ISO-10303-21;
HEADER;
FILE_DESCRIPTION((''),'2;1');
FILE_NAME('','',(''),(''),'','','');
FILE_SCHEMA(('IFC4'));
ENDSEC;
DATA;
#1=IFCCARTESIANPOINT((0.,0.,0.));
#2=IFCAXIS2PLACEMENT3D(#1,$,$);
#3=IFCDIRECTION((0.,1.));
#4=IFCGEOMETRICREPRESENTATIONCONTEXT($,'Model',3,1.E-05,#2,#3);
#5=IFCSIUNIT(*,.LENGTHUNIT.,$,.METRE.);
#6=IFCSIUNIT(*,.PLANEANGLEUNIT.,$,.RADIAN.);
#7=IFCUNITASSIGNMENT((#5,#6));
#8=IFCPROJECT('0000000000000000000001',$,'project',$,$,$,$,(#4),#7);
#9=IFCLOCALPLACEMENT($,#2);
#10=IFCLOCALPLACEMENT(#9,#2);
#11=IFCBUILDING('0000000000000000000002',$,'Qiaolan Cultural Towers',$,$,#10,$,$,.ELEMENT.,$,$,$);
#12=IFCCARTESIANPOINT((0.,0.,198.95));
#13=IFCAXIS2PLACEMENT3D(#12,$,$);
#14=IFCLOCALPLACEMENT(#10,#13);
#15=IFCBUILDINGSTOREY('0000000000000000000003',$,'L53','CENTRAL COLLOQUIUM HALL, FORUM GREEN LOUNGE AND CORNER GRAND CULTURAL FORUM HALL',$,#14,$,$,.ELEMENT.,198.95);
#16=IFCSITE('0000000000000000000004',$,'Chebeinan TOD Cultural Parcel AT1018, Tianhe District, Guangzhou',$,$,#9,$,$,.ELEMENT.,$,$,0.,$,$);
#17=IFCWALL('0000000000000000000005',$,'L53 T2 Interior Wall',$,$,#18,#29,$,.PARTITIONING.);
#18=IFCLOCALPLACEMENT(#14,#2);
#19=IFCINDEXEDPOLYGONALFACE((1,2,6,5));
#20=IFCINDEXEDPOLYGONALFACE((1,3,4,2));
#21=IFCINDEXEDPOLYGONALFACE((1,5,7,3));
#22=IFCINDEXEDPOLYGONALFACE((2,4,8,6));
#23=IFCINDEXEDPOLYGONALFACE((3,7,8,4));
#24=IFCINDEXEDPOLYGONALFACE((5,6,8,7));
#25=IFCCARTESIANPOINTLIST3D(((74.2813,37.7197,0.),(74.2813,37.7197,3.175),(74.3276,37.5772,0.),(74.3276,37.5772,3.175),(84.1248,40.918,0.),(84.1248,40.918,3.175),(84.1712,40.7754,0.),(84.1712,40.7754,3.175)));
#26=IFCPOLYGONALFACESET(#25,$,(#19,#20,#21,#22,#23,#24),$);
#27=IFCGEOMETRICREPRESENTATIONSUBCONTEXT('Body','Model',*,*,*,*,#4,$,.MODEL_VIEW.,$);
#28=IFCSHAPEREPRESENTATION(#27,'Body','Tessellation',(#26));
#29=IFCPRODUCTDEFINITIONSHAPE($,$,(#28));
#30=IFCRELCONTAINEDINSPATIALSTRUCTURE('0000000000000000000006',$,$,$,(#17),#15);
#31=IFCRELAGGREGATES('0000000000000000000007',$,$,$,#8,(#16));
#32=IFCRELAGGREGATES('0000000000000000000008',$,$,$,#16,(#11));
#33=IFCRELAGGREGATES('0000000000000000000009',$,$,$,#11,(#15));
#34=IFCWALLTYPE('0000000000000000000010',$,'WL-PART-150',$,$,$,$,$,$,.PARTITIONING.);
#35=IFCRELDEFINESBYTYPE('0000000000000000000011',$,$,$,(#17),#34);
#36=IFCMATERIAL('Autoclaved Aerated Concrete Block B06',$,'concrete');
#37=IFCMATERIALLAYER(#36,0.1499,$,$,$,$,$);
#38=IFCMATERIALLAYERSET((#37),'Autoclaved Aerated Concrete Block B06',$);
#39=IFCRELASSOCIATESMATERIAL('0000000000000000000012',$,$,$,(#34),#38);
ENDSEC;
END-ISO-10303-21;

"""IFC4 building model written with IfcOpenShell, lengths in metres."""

from ifc_helpers import new_model, si_unit, direction, frame, frame_2d, origin, place, context, subcontext, project, spatial, rectangle, extrude, material, layer, layer_set, type_object, element, save


model = new_model("IFC4")

# Units and contexts
model_context = context("Model", 3, precision=1e-05, world=origin(), true_north=direction((0.0, 1.0)))
body_context = subcontext(model_context, "Body", "Model", "MODEL_VIEW")
ifc_project = project(units=[si_unit("LENGTHUNIT", "METRE"), si_unit("PLANEANGLEUNIT", "RADIAN")], contexts=[model_context])

# Site, building, storey
site_placement = place(None, origin())
site = spatial("IfcSite", under=ifc_project, at=site_placement, Name="Chebeinan TOD Cultural Parcel AT1018, Tianhe District, Guangzhou", CompositionType="ELEMENT", RefElevation=0.0)
building_placement = place(site_placement, origin())
building = spatial("IfcBuilding", under=site, at=building_placement, Name="Qiaolan Cultural Towers", CompositionType="ELEMENT")
storey_placement = place(building_placement, frame((0.0, 0.0, 198.95)))
storey = spatial("IfcBuildingStorey", under=building, at=storey_placement, Name="L53", Description="CENTRAL COLLOQUIUM HALL, FORUM GREEN LOUNGE AND CORNER GRAND CULTURAL FORUM HALL", CompositionType="ELEMENT", Elevation=198.95)

# Shared definitions
ifc_material_1 = material(Name="Autoclaved Aerated Concrete Block B06", Category="concrete")
ifc_layer_1 = layer(ifc_material_1, 0.1499)
ifc_layer_set_1 = layer_set([ifc_layer_1], Name="Autoclaved Aerated Concrete Block B06")
wall_type_1 = type_object("IfcWallType", Name="WL-PART-150", PredefinedType="PARTITIONING", material=ifc_layer_set_1)

# Wall
wall_1_placement = place(storey_placement, frame((74.3044, 37.6484, 0.0), z_axis=(0.0, 0.0, 1.0), x_axis=(0.95106, 0.309008, 0.0)))
element("IfcWall", 1, at=wall_1_placement, inside=storey, type_object=wall_type_1, Name="L53 T2 Interior Wall", PredefinedType="PARTITIONING", context=body_context, shape_type="SweptSolid", body=[
    extrude(rectangle(XDim=10.3501, YDim=0.1499, at=frame_2d((5.175, 0.0))), origin(), (0.0, 0.0, 1.0), 3.175),
])

save(model, "model.ifc")
